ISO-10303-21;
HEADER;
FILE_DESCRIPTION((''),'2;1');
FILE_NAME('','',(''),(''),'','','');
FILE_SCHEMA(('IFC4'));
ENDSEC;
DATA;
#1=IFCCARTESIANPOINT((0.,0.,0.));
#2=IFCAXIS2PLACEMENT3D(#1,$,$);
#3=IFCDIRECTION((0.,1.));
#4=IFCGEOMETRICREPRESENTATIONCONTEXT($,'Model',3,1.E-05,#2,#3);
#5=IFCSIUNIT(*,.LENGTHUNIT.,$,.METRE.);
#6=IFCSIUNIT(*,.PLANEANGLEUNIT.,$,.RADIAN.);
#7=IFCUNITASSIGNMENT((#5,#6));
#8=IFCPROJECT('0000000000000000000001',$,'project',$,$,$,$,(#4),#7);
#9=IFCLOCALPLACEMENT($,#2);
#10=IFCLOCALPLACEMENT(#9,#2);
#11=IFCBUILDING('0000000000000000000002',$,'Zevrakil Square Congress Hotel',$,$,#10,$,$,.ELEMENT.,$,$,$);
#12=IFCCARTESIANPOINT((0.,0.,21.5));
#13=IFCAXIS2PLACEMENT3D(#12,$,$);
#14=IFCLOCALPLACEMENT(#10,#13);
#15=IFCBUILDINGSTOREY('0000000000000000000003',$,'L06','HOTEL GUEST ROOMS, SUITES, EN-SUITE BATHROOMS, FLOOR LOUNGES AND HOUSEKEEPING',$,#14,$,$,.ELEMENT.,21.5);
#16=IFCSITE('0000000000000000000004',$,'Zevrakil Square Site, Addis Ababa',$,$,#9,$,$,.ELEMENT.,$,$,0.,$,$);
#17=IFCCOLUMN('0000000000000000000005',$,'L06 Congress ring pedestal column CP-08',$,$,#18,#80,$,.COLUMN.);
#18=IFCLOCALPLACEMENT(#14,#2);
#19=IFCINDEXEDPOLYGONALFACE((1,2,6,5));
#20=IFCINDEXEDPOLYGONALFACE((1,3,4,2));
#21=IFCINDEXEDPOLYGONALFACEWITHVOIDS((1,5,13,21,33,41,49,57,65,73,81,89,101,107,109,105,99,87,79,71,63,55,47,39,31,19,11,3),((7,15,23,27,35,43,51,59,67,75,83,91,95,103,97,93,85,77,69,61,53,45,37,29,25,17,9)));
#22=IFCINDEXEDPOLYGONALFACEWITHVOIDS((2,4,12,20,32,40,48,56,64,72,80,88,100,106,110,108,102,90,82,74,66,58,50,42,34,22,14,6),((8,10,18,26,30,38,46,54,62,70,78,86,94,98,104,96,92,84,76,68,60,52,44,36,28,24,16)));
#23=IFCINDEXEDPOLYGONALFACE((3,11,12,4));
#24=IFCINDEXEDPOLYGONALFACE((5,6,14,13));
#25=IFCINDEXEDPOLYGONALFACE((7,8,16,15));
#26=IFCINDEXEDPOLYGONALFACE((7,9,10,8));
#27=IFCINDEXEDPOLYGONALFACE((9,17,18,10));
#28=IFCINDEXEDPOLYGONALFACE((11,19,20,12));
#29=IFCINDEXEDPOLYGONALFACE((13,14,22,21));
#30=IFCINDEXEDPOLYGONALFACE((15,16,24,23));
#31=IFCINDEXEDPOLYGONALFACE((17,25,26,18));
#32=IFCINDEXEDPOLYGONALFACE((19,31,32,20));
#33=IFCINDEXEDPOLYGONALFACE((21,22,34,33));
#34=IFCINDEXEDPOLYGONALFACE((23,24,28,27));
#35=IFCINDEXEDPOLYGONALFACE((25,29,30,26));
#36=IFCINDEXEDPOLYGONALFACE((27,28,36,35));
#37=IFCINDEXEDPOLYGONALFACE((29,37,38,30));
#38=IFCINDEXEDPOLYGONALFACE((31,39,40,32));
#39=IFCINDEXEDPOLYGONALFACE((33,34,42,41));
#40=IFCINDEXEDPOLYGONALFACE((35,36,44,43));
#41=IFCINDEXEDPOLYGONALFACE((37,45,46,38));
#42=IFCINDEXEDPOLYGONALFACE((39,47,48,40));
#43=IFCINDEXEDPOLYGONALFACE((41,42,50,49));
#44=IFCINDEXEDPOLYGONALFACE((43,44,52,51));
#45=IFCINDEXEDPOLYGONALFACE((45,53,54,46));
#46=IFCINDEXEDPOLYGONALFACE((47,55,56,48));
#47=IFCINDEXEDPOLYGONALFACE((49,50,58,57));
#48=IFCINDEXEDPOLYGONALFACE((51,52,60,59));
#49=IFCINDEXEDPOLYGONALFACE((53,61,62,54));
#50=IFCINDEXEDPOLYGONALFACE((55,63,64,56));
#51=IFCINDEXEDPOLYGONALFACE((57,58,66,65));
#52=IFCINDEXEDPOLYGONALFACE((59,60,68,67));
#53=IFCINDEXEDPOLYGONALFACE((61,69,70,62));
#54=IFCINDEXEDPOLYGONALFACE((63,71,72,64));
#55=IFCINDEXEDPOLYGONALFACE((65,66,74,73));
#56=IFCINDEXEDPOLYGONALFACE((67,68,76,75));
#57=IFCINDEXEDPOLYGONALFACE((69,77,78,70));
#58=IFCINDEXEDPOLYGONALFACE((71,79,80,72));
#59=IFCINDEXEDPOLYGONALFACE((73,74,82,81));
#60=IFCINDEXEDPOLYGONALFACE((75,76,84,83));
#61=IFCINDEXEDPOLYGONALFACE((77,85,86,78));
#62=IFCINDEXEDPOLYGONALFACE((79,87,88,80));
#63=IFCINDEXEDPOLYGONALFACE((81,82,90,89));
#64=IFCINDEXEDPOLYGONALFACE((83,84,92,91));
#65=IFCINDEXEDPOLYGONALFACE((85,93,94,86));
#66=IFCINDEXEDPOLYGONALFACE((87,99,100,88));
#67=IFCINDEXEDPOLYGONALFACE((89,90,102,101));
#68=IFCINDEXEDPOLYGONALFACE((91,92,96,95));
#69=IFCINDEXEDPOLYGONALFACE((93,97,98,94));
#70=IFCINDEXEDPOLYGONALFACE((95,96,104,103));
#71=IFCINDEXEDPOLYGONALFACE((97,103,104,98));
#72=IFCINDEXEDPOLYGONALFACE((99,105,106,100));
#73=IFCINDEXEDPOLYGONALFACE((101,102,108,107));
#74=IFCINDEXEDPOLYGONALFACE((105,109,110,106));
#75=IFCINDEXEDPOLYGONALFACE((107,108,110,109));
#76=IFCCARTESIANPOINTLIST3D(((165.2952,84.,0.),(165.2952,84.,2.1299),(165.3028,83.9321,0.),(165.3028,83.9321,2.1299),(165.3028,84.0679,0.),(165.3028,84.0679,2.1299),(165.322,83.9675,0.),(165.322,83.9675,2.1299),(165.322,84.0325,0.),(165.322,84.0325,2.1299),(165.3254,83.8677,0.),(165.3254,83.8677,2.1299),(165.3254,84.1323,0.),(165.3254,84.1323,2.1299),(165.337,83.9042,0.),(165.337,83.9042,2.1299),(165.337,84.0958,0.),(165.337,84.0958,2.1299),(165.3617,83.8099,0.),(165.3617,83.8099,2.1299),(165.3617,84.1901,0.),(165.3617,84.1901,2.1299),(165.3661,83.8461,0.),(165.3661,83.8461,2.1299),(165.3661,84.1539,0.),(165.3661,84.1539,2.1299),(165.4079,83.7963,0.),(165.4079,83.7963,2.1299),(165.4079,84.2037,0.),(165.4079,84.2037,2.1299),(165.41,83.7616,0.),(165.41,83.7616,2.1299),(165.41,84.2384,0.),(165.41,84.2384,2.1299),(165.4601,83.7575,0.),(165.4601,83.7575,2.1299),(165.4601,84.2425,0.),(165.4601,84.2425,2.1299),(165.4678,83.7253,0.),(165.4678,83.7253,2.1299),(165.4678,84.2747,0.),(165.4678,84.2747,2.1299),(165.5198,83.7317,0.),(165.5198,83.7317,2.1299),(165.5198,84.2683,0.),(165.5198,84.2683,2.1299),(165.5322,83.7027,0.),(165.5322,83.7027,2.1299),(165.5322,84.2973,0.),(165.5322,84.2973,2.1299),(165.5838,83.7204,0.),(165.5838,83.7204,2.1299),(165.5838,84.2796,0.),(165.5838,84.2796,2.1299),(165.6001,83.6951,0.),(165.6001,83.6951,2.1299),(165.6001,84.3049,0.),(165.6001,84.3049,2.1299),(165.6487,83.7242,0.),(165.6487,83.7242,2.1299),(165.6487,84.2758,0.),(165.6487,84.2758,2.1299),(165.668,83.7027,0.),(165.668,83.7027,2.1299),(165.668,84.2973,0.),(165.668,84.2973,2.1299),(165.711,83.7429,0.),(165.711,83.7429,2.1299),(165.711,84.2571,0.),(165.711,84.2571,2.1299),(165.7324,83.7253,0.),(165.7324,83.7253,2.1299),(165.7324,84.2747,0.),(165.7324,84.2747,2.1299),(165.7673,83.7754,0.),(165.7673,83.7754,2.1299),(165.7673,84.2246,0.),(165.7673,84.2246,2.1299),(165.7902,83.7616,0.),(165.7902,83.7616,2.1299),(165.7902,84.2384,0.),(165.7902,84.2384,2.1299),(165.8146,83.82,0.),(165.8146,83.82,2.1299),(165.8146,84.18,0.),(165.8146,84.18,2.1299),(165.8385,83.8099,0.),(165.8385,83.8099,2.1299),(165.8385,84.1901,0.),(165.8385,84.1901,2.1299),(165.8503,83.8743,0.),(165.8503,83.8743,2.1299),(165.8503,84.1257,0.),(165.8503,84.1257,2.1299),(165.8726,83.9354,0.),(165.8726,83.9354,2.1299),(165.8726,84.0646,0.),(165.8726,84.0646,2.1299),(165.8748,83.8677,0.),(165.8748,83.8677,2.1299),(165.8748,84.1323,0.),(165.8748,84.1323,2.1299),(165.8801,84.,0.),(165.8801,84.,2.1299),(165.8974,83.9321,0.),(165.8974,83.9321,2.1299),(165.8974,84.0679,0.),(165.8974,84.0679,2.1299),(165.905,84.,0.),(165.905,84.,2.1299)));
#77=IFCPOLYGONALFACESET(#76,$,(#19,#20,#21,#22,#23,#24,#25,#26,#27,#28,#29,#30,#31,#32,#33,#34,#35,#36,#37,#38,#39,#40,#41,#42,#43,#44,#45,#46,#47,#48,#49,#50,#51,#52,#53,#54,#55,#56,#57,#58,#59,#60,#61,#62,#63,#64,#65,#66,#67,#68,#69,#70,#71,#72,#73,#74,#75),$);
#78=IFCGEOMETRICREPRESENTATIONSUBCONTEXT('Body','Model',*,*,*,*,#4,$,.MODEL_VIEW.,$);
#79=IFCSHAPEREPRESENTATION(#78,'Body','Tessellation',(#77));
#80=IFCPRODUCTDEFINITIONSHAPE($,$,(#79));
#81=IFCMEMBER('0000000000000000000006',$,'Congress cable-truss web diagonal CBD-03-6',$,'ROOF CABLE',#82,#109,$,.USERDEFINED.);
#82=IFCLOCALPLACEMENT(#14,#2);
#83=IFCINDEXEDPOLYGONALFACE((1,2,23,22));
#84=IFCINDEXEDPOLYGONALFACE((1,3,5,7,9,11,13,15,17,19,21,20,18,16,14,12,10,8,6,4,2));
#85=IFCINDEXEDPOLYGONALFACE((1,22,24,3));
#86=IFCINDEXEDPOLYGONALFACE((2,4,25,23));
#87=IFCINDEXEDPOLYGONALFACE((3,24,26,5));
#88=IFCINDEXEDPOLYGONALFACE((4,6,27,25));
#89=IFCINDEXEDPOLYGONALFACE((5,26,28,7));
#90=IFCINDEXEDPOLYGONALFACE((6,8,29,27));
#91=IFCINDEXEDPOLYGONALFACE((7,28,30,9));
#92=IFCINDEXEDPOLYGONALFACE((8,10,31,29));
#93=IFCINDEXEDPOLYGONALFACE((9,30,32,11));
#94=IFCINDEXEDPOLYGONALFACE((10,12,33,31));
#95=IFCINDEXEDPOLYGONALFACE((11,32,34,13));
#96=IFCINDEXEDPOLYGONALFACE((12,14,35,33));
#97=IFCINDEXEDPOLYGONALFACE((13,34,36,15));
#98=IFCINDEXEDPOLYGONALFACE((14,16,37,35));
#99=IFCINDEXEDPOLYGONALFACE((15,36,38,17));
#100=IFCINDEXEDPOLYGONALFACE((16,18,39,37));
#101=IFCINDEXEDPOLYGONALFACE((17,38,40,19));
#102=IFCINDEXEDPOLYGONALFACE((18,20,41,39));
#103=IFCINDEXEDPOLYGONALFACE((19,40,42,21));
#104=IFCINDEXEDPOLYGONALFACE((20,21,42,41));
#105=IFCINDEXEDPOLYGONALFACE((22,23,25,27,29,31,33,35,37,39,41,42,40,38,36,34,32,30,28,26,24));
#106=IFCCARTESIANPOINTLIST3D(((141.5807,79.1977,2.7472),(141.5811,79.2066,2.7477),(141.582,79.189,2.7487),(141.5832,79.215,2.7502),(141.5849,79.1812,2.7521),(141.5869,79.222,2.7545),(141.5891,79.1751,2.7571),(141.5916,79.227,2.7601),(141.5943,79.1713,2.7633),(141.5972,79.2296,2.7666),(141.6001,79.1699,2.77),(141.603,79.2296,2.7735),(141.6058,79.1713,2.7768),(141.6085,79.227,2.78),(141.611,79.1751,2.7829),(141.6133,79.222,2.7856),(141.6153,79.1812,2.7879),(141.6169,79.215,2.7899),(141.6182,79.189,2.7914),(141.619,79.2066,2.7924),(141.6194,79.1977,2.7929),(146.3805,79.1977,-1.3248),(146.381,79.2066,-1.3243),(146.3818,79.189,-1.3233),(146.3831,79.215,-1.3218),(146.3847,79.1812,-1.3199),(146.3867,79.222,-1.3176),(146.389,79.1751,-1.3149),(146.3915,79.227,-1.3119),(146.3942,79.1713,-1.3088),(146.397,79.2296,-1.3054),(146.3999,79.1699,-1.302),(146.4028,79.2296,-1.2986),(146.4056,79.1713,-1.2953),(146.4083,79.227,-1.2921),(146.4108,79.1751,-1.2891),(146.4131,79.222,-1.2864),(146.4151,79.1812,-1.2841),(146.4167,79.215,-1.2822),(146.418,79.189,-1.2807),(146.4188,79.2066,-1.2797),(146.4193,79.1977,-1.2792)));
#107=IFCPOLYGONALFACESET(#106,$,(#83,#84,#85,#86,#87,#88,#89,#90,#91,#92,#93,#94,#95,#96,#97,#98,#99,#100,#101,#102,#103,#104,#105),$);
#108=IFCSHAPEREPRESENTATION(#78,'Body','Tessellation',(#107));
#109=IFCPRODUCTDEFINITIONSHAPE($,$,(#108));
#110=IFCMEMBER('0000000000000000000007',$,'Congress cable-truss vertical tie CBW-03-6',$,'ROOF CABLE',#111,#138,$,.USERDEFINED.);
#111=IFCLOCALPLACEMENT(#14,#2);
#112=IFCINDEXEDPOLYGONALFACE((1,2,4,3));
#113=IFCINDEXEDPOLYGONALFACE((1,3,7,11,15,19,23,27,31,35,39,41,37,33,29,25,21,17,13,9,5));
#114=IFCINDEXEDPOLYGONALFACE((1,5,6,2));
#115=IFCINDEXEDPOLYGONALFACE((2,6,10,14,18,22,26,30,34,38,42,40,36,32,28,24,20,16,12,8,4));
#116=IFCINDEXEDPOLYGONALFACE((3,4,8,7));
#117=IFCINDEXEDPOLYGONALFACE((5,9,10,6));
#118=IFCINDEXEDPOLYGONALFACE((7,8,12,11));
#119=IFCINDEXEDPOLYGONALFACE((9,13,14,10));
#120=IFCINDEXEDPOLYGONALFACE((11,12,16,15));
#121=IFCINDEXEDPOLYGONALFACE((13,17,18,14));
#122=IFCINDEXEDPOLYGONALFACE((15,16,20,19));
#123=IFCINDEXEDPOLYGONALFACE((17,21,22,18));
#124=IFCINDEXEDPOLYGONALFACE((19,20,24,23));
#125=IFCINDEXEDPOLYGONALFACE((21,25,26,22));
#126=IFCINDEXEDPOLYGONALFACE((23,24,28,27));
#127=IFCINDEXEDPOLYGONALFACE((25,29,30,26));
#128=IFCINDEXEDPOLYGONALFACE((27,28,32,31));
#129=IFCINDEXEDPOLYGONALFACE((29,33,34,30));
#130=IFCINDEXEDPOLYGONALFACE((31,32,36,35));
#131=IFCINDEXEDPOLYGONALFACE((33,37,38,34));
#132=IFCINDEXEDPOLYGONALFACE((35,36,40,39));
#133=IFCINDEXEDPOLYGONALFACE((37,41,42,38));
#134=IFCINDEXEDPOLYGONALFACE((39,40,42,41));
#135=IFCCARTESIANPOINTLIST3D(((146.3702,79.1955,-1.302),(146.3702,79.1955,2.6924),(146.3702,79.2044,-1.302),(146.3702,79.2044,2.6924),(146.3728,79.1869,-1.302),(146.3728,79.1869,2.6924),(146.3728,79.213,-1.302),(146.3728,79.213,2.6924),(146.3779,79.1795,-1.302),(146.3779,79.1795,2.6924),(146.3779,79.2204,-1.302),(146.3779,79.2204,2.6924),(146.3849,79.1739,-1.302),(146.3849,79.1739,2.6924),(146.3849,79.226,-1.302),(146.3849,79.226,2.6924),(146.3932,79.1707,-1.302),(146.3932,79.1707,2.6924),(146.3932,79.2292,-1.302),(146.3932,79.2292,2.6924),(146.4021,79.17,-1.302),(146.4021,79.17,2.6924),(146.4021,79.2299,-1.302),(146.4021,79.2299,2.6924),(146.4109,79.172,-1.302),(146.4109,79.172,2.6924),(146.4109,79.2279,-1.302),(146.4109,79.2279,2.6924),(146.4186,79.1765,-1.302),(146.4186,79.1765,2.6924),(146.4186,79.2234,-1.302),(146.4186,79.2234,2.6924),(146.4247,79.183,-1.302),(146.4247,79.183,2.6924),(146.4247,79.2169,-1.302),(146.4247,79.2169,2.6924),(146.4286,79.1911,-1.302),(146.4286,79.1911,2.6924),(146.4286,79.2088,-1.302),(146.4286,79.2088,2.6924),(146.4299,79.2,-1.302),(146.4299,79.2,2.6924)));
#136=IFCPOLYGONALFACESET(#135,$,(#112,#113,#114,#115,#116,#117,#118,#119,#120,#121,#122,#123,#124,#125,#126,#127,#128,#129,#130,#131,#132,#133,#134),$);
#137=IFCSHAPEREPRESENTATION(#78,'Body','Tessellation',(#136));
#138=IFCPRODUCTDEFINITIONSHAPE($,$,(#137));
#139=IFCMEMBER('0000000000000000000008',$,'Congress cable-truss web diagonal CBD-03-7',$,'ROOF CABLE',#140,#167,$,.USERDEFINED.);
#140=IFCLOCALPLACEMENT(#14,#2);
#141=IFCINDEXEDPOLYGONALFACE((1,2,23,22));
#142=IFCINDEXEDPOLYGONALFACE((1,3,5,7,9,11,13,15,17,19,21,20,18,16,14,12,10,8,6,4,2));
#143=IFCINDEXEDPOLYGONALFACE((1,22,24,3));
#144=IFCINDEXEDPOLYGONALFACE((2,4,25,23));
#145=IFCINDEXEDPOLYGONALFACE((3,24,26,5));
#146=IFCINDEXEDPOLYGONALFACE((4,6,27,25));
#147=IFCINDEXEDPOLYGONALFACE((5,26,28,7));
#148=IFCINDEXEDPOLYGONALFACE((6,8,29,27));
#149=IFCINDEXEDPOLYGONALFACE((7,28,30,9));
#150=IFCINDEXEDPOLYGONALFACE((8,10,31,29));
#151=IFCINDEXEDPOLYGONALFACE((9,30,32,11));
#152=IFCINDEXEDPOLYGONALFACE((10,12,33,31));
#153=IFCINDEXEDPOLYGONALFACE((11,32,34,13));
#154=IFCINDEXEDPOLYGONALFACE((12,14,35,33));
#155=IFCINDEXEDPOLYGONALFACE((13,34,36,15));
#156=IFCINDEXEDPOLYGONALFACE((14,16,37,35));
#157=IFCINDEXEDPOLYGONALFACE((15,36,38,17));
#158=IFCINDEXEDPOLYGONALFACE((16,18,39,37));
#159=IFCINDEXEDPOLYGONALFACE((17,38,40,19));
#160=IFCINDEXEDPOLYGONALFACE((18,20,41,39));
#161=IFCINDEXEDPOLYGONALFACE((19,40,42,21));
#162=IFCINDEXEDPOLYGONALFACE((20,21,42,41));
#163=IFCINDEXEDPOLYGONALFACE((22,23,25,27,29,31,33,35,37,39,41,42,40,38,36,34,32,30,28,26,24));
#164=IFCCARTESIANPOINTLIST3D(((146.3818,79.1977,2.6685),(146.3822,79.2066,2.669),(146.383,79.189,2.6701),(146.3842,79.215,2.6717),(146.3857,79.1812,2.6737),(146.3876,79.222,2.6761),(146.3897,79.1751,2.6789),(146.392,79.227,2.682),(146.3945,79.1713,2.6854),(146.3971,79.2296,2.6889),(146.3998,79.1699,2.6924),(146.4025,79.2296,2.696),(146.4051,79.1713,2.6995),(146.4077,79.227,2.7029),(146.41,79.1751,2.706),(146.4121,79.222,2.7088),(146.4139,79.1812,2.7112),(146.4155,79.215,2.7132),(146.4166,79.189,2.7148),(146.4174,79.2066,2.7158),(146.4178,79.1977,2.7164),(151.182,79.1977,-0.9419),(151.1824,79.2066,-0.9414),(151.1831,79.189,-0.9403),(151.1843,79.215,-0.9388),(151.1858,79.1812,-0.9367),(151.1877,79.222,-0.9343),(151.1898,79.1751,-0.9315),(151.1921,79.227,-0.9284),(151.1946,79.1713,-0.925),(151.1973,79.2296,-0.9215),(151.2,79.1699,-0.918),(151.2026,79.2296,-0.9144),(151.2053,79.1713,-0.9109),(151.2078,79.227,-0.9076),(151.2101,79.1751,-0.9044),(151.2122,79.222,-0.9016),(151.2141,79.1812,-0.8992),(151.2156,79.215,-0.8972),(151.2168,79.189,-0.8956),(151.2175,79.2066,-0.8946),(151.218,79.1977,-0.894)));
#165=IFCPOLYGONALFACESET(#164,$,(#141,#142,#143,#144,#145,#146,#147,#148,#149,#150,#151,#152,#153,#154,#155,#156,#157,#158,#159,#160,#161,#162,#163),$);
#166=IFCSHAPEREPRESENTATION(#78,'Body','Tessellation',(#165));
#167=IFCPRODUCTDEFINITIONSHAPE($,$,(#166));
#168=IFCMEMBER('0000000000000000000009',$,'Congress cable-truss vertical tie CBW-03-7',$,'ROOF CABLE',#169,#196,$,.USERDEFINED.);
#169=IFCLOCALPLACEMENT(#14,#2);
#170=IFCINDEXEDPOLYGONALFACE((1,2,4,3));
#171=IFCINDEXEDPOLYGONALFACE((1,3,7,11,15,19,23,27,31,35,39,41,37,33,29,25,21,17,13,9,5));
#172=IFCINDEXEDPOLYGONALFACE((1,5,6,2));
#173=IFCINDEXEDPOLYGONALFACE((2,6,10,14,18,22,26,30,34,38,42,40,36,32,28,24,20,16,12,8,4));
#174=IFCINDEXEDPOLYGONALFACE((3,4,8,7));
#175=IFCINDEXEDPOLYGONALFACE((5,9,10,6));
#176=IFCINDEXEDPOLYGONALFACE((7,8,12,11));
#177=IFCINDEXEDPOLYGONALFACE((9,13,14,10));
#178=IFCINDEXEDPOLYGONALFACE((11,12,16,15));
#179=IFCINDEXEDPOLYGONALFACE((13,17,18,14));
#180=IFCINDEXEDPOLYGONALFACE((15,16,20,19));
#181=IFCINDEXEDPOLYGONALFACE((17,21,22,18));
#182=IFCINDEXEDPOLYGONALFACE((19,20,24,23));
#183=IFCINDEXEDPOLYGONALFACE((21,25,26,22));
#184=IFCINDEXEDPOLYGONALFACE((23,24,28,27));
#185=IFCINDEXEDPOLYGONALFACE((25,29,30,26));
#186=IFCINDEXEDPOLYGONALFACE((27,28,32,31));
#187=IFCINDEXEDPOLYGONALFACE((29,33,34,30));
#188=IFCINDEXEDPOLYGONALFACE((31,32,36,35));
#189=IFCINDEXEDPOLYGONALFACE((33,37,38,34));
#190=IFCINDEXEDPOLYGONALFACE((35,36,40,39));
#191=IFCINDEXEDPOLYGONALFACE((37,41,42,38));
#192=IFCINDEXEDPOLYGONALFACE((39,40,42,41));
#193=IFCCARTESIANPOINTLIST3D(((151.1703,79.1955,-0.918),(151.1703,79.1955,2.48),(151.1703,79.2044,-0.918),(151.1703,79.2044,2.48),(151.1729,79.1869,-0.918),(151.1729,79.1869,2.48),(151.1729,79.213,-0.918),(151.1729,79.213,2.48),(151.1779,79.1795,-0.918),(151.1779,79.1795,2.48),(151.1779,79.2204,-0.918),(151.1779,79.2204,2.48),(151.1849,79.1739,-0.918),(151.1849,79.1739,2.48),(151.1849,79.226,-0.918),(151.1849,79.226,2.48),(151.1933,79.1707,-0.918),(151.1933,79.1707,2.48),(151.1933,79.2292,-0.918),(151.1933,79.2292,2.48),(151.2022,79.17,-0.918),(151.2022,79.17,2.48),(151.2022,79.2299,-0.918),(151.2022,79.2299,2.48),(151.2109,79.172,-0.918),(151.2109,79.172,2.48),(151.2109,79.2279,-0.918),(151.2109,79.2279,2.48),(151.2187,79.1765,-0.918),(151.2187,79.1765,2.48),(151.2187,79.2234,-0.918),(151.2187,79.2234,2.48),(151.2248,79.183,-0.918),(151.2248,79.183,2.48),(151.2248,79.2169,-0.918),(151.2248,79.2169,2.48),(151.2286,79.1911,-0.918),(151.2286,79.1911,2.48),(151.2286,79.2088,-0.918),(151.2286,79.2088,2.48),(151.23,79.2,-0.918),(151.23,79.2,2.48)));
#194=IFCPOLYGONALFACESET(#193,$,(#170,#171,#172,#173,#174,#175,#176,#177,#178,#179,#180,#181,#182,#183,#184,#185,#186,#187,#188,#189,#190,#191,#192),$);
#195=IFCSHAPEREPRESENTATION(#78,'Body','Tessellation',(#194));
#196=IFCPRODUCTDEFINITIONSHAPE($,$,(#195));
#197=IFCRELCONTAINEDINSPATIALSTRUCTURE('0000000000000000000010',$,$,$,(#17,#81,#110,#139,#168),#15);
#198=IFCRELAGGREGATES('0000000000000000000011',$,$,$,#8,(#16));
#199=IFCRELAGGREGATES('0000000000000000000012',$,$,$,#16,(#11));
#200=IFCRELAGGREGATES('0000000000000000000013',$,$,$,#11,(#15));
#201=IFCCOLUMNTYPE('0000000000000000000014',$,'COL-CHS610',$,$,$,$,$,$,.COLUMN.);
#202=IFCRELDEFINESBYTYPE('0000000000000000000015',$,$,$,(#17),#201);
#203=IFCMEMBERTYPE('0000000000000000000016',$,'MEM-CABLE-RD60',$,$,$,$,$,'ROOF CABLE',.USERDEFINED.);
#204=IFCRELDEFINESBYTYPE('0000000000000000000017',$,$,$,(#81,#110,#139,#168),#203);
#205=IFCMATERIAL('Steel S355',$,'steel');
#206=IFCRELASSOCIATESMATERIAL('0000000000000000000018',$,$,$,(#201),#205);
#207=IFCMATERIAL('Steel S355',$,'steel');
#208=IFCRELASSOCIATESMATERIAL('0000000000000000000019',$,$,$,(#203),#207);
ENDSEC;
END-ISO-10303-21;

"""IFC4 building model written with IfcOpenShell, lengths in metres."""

from ifc_helpers import new_model, si_unit, direction, frame, origin, origin_2d, place, context, subcontext, project, spatial, circle, hollow_circle, extrude, material, material_profile, profile_set, type_object, element, save


model = new_model("IFC4")

# Units and contexts
model_context = context("Model", 3, precision=1e-05, world=origin(), true_north=direction((0.0, 1.0)))
body_context = subcontext(model_context, "Body", "Model", "MODEL_VIEW")
ifc_project = project(units=[si_unit("LENGTHUNIT", "METRE"), si_unit("PLANEANGLEUNIT", "RADIAN")], contexts=[model_context])

# Site, building, storey
site_placement = place(None, origin())
site = spatial("IfcSite", under=ifc_project, at=site_placement, Name="Zevrakil Square Site, Addis Ababa", CompositionType="ELEMENT", RefElevation=0.0)
building_placement = place(site_placement, origin())
building = spatial("IfcBuilding", under=site, at=building_placement, Name="Zevrakil Square Congress Hotel", CompositionType="ELEMENT")
storey_placement = place(building_placement, frame((0.0, 0.0, 21.5)))
storey = spatial("IfcBuildingStorey", under=building, at=storey_placement, Name="L06", Description="HOTEL GUEST ROOMS, SUITES, EN-SUITE BATHROOMS, FLOOR LOUNGES AND HOUSEKEEPING", CompositionType="ELEMENT", Elevation=21.5)

# Column
ifc_material_1 = material(Name="Steel S355", Category="steel")
ifc_material_profile_1 = material_profile(ifc_material_1, hollow_circle(Radius=0.3049, WallThickness=0.0249, at=origin_2d()), Name="CHS 610x25")
ifc_profile_set_1 = profile_set([ifc_material_profile_1], Name="Steel S355")
column_type = type_object("IfcColumnType", Name="COL-CHS610", PredefinedType="COLUMN", material=ifc_profile_set_1)
column_placement = place(storey_placement, frame((165.6001, 84.0, 0.0), z_axis=(0.0, 0.0, 1.0), x_axis=(1.0, 0.0, 0.0)))
element("IfcColumn", 1, at=column_placement, inside=storey, type_object=column_type, Name="L06 Congress ring pedestal column CP-08", PredefinedType="COLUMN", context=body_context, shape_type="SweptSolid", body=[
    extrude(hollow_circle(Radius=0.3049, WallThickness=0.0249, at=origin_2d()), origin(), (0.0, 0.0, 1.0), 2.1299),
])

# Members
ifc_material_2 = material(Name="Steel S355", Category="steel")
ifc_material_profile_2 = material_profile(ifc_material_2, circle(Radius=0.03, at=origin_2d()), Name="CABLE RD60")
ifc_profile_set_2 = profile_set([ifc_material_profile_2], Name="Steel S355")
member_type_1 = type_object("IfcMemberType", Name="MEM-CABLE-RD60", ElementType="ROOF CABLE", PredefinedType="USERDEFINED", material=ifc_profile_set_2)
member_1_placement = place(storey_placement, frame((146.3999, 79.2, -1.302), z_axis=(-0.762551, 0.0, 0.646928), x_axis=(0.0, -1.0, 0.0)))
element("IfcMember", 2, at=member_1_placement, inside=storey, type_object=member_type_1, Name="Congress cable-truss web diagonal CBD-03-6", ObjectType="ROOF CABLE", PredefinedType="USERDEFINED", context=body_context, shape_type="SweptSolid", body=[
    extrude(circle(Radius=0.03, at=origin_2d()), origin(), (0.0, 0.0, 1.0), 6.2944),
])
member_2_placement = place(storey_placement, frame((146.3999, 79.2, -1.302), z_axis=(0.0, 0.0, 1.0), x_axis=(1.0, 0.0, 0.0)))
element("IfcMember", 3, at=member_2_placement, inside=storey, type_object=member_type_1, Name="Congress cable-truss vertical tie CBW-03-6", ObjectType="ROOF CABLE", PredefinedType="USERDEFINED", context=body_context, shape_type="SweptSolid", body=[
    extrude(circle(Radius=0.03, at=origin_2d()), origin(), (0.0, 0.0, 1.0), 3.9944),
])
member_3_placement = place(storey_placement, frame((151.2, 79.2, -0.918), z_axis=(-0.799175, 0.0, 0.601099), x_axis=(0.0, -1.0, 0.0)))
element("IfcMember", 4, at=member_3_placement, inside=storey, type_object=member_type_1, Name="Congress cable-truss web diagonal CBD-03-7", ObjectType="ROOF CABLE", PredefinedType="USERDEFINED", context=body_context, shape_type="SweptSolid", body=[
    extrude(circle(Radius=0.03, at=origin_2d()), origin(), (0.0, 0.0, 1.0), 6.0063),
])
member_4_placement = place(storey_placement, frame((151.2, 79.2, -0.918), z_axis=(0.0, 0.0, 1.0), x_axis=(1.0, 0.0, 0.0)))
element("IfcMember", 5, at=member_4_placement, inside=storey, type_object=member_type_1, Name="Congress cable-truss vertical tie CBW-03-7", ObjectType="ROOF CABLE", PredefinedType="USERDEFINED", context=body_context, shape_type="SweptSolid", body=[
    extrude(circle(Radius=0.03, at=origin_2d()), origin(), (0.0, 0.0, 1.0), 3.3979),
])

save(model, "model.ifc")
